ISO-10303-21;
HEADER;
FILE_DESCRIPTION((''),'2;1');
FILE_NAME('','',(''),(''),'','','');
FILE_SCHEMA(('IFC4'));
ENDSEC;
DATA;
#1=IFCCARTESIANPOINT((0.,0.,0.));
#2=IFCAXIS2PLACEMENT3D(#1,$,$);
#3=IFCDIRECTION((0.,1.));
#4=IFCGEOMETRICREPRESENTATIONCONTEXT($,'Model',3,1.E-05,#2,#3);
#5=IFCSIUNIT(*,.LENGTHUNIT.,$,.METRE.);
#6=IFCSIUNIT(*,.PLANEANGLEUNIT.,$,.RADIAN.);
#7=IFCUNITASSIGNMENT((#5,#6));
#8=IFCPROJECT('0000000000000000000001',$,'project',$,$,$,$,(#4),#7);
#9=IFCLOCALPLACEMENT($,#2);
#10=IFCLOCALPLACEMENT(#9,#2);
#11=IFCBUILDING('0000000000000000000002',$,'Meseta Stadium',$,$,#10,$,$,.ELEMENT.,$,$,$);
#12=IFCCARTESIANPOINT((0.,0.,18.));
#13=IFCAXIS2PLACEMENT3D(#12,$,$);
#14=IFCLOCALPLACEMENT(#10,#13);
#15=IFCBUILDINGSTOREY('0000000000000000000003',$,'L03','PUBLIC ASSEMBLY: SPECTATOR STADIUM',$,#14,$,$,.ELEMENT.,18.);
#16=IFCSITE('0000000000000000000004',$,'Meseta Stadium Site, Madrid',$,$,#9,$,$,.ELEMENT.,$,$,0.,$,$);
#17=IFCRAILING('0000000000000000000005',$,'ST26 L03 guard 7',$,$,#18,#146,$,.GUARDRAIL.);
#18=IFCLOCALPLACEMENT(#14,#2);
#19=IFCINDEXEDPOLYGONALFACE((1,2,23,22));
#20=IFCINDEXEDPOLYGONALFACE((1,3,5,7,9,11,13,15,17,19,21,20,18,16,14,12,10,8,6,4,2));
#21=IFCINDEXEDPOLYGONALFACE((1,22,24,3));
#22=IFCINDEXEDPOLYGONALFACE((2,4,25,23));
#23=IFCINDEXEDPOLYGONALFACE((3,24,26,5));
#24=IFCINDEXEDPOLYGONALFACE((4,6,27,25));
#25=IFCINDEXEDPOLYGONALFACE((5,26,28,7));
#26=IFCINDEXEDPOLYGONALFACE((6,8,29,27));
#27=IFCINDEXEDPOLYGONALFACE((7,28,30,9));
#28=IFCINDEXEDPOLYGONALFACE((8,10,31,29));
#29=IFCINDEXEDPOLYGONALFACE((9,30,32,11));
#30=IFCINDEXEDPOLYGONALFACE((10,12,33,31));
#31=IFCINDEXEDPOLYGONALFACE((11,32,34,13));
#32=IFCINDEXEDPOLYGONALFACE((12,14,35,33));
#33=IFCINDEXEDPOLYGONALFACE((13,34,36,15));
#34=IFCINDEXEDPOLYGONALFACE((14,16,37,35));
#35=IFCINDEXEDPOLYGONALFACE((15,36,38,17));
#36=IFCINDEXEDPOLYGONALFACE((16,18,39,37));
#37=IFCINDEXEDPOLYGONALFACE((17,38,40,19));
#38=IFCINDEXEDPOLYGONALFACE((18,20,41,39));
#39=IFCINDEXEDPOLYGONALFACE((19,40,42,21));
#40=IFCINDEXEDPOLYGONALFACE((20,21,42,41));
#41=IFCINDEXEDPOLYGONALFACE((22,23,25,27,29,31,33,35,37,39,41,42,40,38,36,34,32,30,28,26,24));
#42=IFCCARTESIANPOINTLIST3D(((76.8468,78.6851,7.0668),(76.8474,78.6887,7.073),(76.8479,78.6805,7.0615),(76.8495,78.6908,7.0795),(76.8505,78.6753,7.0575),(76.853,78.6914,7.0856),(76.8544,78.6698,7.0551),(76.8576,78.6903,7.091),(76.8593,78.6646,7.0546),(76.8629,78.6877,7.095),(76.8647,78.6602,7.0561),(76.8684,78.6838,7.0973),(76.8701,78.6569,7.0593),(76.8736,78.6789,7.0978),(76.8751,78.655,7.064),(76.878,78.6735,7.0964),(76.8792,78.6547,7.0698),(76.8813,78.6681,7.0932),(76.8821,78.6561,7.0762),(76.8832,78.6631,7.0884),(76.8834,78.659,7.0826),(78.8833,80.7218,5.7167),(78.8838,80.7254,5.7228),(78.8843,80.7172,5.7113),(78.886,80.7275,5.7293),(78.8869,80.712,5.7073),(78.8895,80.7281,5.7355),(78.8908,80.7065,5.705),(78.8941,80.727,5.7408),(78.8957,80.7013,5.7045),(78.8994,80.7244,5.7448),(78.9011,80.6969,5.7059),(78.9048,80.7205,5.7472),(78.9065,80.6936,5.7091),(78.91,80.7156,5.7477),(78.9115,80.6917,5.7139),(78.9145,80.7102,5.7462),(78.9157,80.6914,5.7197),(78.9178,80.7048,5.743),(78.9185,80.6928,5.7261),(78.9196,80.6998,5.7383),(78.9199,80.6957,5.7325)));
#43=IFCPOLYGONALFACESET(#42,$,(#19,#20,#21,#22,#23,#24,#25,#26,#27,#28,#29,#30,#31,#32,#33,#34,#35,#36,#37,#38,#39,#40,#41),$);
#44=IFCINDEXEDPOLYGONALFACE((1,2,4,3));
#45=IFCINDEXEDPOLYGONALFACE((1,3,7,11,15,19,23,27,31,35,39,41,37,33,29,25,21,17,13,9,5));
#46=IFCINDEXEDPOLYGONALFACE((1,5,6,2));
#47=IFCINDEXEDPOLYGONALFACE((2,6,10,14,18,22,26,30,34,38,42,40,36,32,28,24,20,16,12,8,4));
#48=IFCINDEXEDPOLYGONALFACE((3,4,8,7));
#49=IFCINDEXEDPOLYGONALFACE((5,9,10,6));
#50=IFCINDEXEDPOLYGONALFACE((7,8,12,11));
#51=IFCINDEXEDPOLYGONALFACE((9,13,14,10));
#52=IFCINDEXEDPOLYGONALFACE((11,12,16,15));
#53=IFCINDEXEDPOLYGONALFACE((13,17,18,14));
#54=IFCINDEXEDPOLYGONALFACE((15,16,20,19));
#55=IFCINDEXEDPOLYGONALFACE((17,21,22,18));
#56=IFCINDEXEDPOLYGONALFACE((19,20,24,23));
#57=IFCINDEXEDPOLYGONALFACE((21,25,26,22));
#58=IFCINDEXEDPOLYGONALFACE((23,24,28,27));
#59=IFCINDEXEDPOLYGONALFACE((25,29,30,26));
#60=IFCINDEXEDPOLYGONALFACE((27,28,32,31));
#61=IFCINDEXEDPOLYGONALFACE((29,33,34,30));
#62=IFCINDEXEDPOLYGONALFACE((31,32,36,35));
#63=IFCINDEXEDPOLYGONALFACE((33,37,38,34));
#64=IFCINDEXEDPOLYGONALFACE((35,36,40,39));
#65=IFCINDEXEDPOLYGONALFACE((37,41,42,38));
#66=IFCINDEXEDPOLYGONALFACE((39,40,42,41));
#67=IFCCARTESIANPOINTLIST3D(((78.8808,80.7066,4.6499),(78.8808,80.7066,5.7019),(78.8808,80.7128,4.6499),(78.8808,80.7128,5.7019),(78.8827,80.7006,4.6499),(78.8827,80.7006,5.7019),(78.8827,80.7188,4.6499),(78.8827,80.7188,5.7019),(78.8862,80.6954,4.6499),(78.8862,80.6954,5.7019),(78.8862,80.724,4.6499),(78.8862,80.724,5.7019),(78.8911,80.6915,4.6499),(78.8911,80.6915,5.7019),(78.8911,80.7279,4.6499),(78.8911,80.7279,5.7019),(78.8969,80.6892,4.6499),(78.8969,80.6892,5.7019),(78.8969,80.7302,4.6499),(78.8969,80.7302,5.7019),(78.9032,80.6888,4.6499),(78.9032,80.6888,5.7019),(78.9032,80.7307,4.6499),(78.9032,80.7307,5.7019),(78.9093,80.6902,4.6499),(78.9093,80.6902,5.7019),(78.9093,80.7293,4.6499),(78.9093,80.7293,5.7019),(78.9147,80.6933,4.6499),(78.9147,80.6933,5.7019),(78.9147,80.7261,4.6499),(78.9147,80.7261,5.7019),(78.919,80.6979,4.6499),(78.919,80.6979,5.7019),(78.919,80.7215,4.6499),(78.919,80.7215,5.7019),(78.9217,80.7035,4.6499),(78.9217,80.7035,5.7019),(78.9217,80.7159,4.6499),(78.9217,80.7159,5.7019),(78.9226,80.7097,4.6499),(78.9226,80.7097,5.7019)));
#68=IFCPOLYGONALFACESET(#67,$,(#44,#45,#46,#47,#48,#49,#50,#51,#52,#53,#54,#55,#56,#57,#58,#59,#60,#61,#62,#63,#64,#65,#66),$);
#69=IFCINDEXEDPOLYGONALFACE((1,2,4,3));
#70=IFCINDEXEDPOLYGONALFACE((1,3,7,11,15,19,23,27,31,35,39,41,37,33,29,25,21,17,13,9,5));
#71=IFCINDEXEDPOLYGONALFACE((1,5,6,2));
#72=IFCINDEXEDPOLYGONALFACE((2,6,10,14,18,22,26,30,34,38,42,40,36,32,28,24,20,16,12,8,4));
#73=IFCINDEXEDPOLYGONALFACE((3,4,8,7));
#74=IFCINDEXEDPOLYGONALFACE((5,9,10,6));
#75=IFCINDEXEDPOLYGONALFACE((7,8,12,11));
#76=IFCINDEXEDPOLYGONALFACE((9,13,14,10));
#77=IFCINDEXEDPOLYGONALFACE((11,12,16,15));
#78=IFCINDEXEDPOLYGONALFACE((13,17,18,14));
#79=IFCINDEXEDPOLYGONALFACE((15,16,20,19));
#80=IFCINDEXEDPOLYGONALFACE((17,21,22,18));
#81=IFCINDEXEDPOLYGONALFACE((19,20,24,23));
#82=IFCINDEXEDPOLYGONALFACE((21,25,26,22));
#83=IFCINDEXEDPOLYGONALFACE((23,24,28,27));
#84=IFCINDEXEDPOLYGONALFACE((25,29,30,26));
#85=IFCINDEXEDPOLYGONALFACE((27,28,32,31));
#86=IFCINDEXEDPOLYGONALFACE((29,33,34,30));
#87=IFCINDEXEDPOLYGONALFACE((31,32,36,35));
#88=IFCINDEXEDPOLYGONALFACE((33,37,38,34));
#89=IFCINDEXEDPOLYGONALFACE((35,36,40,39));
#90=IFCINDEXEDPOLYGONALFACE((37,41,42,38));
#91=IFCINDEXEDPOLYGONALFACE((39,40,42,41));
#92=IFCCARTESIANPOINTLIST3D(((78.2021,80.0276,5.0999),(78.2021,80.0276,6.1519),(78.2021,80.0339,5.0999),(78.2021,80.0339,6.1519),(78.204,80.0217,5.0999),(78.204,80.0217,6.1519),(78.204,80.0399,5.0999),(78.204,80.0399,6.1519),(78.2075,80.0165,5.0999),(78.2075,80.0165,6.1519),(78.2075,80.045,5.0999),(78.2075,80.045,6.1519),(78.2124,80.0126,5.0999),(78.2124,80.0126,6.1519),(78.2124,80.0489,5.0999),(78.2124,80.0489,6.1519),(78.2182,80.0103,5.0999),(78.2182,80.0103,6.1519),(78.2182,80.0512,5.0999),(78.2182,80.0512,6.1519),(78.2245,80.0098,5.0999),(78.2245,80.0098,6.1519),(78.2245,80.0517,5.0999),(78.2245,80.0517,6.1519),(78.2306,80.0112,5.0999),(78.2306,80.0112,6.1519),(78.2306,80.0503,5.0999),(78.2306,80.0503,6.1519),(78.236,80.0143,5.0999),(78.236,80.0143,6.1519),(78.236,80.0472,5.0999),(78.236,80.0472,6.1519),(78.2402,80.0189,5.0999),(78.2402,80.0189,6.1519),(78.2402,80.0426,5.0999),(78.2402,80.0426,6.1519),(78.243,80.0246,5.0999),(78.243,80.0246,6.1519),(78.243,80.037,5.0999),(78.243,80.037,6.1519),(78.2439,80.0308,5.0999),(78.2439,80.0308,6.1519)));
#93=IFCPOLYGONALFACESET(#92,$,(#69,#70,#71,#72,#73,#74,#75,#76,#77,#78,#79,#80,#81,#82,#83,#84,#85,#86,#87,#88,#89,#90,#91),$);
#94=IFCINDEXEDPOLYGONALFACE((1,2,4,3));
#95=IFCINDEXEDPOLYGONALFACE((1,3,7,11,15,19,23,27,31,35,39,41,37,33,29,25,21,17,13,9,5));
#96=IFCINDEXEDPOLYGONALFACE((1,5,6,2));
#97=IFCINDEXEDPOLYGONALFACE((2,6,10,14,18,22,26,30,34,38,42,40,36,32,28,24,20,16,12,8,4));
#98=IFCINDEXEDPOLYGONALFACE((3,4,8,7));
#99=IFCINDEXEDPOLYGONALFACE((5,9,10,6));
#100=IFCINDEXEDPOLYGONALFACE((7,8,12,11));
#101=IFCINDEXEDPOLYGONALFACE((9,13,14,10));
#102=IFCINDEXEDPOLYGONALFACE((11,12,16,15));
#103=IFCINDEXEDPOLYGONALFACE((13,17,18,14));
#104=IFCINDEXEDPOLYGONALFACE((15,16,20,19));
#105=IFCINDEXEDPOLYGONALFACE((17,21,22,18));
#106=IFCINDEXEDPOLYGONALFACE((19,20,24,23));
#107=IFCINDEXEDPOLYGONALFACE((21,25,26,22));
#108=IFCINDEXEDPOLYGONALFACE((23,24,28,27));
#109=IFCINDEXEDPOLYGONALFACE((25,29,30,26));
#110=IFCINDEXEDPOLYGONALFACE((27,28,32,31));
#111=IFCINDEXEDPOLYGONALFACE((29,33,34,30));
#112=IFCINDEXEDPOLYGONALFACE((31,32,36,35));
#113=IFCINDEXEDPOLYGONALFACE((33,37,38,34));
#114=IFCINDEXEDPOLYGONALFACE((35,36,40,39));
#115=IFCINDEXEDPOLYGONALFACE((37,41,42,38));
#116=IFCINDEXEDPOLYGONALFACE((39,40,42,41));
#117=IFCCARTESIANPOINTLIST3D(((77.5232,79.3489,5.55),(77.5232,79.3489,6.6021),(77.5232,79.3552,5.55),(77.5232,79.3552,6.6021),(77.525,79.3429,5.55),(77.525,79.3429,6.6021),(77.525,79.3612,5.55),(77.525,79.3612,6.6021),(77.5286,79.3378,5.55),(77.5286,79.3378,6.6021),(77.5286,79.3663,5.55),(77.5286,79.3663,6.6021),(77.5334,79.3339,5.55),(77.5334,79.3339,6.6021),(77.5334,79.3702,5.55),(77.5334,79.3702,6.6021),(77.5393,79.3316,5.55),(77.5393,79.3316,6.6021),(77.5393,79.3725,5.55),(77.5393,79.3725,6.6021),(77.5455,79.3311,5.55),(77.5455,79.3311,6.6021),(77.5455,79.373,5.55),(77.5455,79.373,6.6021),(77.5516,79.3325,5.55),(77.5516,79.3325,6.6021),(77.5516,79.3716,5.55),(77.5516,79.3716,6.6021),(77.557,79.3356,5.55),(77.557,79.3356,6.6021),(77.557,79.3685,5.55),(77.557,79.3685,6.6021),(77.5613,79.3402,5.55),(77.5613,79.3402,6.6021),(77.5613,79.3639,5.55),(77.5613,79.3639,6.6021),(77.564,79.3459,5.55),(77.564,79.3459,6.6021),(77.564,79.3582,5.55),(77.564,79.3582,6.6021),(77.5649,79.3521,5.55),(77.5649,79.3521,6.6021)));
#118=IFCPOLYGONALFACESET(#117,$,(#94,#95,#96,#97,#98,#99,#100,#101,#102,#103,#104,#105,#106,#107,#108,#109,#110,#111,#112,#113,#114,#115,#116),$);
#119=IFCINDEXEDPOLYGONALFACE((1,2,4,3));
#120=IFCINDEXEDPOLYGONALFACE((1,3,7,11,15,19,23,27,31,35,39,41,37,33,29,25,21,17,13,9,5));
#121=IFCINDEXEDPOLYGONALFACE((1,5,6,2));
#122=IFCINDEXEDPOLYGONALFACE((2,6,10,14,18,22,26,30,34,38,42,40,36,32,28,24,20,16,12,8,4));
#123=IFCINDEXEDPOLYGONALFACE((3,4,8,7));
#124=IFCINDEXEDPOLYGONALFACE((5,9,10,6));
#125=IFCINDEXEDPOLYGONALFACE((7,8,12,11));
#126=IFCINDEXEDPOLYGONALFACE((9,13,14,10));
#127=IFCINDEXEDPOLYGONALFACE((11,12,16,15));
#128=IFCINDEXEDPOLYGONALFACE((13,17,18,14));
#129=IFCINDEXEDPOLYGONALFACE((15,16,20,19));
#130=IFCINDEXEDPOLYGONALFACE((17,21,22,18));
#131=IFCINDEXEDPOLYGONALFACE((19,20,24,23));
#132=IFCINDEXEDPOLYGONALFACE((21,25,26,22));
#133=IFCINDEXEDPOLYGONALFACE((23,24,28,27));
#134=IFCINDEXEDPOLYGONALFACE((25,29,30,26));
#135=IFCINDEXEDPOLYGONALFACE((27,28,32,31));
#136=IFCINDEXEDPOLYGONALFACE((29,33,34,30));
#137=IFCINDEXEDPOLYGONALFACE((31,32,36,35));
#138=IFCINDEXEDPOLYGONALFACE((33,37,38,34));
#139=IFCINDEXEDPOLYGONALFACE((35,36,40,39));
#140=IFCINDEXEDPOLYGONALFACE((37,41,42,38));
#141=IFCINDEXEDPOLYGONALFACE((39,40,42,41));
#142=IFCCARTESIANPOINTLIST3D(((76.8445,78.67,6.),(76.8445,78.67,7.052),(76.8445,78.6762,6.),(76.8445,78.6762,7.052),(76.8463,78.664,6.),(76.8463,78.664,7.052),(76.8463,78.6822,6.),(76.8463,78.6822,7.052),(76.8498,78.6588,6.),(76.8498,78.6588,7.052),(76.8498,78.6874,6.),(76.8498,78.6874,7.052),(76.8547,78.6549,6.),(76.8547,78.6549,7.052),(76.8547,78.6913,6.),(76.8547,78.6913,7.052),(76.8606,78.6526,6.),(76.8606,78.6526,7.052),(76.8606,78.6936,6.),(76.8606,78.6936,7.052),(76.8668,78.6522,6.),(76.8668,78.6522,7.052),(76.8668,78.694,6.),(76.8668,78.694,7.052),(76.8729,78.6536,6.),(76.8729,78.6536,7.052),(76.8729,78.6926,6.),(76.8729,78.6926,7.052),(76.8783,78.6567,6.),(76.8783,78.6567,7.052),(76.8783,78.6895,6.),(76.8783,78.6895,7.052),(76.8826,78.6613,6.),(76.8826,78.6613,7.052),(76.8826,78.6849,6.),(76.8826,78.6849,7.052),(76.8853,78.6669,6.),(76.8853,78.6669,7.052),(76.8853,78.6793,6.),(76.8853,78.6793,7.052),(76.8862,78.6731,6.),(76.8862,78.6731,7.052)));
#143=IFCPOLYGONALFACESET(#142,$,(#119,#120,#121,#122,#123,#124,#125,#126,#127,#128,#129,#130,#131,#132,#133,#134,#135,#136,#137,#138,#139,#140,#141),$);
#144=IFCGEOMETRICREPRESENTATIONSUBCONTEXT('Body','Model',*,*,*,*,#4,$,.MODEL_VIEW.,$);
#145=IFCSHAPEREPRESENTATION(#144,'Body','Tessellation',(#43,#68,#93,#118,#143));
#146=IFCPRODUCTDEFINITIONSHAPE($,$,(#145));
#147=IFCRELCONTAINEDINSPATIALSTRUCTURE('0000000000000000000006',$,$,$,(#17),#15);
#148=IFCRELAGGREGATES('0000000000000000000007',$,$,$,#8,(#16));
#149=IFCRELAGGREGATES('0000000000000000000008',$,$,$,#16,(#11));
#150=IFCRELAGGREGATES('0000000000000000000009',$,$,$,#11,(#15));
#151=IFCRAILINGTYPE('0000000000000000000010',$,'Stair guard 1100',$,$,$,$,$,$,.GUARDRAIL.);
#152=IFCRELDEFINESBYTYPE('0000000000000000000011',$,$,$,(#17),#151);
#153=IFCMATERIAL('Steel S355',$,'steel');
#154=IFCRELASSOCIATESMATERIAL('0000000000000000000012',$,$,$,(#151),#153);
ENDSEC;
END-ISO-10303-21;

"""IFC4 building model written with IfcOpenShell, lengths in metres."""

from ifc_helpers import new_model, si_unit, direction, frame, origin, origin_2d, place, context, subcontext, project, spatial, circle, extrude, material, type_object, element, save


model = new_model("IFC4")

# Units and contexts
model_context = context("Model", 3, precision=1e-05, world=origin(), true_north=direction((0.0, 1.0)))
body_context = subcontext(model_context, "Body", "Model", "MODEL_VIEW")
ifc_project = project(units=[si_unit("LENGTHUNIT", "METRE"), si_unit("PLANEANGLEUNIT", "RADIAN")], contexts=[model_context])

# Site, building, storey
site_placement = place(None, origin())
site = spatial("IfcSite", under=ifc_project, at=site_placement, Name="Meseta Stadium Site, Madrid", CompositionType="ELEMENT", RefElevation=0.0)
building_placement = place(site_placement, origin())
building = spatial("IfcBuilding", under=site, at=building_placement, Name="Meseta Stadium", CompositionType="ELEMENT")
storey_placement = place(building_placement, frame((0.0, 0.0, 18.0)))
storey = spatial("IfcBuildingStorey", under=building, at=storey_placement, Name="L03", Description="PUBLIC ASSEMBLY: SPECTATOR STADIUM", CompositionType="ELEMENT", Elevation=18.0)

# Railing
ifc_material_1 = material(Name="Steel S355", Category="steel")
railing_type_1 = type_object("IfcRailingType", Name="Stair guard 1100", PredefinedType="GUARDRAIL", material=ifc_material_1)
for number, where, name in (
    (1, (78.9016, 80.7097, 4.6499), "ST26 L03 guard 7"),
):
    element("IfcRailing", number, at=place(storey_placement, frame(where)), inside=storey, type_object=railing_type_1, Name=name, PredefinedType="GUARDRAIL", context=body_context, shape_type="SweptSolid", body=[
        extrude(circle(Radius=0.0239, at=origin_2d()), frame((0.0, 0.0, 1.0762), z_axis=(-0.640211, -0.640288, 0.424454), x_axis=(0.707149, -0.707064, 0.0)), (0.0, 0.0, 1.0), 3.1809),
        extrude(circle(Radius=0.021, at=origin_2d()), origin(), (0.0, 0.0, 1.0), 1.052),
        extrude(circle(Radius=0.021, at=origin_2d()), frame((-0.6787, -0.679, 0.45)), (0.0, 0.0, 1.0), 1.052),
        extrude(circle(Radius=0.021, at=origin_2d()), frame((-1.3577, -1.3577, 0.9001)), (0.0, 0.0, 1.0), 1.052),
        extrude(circle(Radius=0.021, at=origin_2d()), frame((-2.0364, -2.0366, 1.3501)), (0.0, 0.0, 1.0), 1.052),
    ])

save(model, "model.ifc")
